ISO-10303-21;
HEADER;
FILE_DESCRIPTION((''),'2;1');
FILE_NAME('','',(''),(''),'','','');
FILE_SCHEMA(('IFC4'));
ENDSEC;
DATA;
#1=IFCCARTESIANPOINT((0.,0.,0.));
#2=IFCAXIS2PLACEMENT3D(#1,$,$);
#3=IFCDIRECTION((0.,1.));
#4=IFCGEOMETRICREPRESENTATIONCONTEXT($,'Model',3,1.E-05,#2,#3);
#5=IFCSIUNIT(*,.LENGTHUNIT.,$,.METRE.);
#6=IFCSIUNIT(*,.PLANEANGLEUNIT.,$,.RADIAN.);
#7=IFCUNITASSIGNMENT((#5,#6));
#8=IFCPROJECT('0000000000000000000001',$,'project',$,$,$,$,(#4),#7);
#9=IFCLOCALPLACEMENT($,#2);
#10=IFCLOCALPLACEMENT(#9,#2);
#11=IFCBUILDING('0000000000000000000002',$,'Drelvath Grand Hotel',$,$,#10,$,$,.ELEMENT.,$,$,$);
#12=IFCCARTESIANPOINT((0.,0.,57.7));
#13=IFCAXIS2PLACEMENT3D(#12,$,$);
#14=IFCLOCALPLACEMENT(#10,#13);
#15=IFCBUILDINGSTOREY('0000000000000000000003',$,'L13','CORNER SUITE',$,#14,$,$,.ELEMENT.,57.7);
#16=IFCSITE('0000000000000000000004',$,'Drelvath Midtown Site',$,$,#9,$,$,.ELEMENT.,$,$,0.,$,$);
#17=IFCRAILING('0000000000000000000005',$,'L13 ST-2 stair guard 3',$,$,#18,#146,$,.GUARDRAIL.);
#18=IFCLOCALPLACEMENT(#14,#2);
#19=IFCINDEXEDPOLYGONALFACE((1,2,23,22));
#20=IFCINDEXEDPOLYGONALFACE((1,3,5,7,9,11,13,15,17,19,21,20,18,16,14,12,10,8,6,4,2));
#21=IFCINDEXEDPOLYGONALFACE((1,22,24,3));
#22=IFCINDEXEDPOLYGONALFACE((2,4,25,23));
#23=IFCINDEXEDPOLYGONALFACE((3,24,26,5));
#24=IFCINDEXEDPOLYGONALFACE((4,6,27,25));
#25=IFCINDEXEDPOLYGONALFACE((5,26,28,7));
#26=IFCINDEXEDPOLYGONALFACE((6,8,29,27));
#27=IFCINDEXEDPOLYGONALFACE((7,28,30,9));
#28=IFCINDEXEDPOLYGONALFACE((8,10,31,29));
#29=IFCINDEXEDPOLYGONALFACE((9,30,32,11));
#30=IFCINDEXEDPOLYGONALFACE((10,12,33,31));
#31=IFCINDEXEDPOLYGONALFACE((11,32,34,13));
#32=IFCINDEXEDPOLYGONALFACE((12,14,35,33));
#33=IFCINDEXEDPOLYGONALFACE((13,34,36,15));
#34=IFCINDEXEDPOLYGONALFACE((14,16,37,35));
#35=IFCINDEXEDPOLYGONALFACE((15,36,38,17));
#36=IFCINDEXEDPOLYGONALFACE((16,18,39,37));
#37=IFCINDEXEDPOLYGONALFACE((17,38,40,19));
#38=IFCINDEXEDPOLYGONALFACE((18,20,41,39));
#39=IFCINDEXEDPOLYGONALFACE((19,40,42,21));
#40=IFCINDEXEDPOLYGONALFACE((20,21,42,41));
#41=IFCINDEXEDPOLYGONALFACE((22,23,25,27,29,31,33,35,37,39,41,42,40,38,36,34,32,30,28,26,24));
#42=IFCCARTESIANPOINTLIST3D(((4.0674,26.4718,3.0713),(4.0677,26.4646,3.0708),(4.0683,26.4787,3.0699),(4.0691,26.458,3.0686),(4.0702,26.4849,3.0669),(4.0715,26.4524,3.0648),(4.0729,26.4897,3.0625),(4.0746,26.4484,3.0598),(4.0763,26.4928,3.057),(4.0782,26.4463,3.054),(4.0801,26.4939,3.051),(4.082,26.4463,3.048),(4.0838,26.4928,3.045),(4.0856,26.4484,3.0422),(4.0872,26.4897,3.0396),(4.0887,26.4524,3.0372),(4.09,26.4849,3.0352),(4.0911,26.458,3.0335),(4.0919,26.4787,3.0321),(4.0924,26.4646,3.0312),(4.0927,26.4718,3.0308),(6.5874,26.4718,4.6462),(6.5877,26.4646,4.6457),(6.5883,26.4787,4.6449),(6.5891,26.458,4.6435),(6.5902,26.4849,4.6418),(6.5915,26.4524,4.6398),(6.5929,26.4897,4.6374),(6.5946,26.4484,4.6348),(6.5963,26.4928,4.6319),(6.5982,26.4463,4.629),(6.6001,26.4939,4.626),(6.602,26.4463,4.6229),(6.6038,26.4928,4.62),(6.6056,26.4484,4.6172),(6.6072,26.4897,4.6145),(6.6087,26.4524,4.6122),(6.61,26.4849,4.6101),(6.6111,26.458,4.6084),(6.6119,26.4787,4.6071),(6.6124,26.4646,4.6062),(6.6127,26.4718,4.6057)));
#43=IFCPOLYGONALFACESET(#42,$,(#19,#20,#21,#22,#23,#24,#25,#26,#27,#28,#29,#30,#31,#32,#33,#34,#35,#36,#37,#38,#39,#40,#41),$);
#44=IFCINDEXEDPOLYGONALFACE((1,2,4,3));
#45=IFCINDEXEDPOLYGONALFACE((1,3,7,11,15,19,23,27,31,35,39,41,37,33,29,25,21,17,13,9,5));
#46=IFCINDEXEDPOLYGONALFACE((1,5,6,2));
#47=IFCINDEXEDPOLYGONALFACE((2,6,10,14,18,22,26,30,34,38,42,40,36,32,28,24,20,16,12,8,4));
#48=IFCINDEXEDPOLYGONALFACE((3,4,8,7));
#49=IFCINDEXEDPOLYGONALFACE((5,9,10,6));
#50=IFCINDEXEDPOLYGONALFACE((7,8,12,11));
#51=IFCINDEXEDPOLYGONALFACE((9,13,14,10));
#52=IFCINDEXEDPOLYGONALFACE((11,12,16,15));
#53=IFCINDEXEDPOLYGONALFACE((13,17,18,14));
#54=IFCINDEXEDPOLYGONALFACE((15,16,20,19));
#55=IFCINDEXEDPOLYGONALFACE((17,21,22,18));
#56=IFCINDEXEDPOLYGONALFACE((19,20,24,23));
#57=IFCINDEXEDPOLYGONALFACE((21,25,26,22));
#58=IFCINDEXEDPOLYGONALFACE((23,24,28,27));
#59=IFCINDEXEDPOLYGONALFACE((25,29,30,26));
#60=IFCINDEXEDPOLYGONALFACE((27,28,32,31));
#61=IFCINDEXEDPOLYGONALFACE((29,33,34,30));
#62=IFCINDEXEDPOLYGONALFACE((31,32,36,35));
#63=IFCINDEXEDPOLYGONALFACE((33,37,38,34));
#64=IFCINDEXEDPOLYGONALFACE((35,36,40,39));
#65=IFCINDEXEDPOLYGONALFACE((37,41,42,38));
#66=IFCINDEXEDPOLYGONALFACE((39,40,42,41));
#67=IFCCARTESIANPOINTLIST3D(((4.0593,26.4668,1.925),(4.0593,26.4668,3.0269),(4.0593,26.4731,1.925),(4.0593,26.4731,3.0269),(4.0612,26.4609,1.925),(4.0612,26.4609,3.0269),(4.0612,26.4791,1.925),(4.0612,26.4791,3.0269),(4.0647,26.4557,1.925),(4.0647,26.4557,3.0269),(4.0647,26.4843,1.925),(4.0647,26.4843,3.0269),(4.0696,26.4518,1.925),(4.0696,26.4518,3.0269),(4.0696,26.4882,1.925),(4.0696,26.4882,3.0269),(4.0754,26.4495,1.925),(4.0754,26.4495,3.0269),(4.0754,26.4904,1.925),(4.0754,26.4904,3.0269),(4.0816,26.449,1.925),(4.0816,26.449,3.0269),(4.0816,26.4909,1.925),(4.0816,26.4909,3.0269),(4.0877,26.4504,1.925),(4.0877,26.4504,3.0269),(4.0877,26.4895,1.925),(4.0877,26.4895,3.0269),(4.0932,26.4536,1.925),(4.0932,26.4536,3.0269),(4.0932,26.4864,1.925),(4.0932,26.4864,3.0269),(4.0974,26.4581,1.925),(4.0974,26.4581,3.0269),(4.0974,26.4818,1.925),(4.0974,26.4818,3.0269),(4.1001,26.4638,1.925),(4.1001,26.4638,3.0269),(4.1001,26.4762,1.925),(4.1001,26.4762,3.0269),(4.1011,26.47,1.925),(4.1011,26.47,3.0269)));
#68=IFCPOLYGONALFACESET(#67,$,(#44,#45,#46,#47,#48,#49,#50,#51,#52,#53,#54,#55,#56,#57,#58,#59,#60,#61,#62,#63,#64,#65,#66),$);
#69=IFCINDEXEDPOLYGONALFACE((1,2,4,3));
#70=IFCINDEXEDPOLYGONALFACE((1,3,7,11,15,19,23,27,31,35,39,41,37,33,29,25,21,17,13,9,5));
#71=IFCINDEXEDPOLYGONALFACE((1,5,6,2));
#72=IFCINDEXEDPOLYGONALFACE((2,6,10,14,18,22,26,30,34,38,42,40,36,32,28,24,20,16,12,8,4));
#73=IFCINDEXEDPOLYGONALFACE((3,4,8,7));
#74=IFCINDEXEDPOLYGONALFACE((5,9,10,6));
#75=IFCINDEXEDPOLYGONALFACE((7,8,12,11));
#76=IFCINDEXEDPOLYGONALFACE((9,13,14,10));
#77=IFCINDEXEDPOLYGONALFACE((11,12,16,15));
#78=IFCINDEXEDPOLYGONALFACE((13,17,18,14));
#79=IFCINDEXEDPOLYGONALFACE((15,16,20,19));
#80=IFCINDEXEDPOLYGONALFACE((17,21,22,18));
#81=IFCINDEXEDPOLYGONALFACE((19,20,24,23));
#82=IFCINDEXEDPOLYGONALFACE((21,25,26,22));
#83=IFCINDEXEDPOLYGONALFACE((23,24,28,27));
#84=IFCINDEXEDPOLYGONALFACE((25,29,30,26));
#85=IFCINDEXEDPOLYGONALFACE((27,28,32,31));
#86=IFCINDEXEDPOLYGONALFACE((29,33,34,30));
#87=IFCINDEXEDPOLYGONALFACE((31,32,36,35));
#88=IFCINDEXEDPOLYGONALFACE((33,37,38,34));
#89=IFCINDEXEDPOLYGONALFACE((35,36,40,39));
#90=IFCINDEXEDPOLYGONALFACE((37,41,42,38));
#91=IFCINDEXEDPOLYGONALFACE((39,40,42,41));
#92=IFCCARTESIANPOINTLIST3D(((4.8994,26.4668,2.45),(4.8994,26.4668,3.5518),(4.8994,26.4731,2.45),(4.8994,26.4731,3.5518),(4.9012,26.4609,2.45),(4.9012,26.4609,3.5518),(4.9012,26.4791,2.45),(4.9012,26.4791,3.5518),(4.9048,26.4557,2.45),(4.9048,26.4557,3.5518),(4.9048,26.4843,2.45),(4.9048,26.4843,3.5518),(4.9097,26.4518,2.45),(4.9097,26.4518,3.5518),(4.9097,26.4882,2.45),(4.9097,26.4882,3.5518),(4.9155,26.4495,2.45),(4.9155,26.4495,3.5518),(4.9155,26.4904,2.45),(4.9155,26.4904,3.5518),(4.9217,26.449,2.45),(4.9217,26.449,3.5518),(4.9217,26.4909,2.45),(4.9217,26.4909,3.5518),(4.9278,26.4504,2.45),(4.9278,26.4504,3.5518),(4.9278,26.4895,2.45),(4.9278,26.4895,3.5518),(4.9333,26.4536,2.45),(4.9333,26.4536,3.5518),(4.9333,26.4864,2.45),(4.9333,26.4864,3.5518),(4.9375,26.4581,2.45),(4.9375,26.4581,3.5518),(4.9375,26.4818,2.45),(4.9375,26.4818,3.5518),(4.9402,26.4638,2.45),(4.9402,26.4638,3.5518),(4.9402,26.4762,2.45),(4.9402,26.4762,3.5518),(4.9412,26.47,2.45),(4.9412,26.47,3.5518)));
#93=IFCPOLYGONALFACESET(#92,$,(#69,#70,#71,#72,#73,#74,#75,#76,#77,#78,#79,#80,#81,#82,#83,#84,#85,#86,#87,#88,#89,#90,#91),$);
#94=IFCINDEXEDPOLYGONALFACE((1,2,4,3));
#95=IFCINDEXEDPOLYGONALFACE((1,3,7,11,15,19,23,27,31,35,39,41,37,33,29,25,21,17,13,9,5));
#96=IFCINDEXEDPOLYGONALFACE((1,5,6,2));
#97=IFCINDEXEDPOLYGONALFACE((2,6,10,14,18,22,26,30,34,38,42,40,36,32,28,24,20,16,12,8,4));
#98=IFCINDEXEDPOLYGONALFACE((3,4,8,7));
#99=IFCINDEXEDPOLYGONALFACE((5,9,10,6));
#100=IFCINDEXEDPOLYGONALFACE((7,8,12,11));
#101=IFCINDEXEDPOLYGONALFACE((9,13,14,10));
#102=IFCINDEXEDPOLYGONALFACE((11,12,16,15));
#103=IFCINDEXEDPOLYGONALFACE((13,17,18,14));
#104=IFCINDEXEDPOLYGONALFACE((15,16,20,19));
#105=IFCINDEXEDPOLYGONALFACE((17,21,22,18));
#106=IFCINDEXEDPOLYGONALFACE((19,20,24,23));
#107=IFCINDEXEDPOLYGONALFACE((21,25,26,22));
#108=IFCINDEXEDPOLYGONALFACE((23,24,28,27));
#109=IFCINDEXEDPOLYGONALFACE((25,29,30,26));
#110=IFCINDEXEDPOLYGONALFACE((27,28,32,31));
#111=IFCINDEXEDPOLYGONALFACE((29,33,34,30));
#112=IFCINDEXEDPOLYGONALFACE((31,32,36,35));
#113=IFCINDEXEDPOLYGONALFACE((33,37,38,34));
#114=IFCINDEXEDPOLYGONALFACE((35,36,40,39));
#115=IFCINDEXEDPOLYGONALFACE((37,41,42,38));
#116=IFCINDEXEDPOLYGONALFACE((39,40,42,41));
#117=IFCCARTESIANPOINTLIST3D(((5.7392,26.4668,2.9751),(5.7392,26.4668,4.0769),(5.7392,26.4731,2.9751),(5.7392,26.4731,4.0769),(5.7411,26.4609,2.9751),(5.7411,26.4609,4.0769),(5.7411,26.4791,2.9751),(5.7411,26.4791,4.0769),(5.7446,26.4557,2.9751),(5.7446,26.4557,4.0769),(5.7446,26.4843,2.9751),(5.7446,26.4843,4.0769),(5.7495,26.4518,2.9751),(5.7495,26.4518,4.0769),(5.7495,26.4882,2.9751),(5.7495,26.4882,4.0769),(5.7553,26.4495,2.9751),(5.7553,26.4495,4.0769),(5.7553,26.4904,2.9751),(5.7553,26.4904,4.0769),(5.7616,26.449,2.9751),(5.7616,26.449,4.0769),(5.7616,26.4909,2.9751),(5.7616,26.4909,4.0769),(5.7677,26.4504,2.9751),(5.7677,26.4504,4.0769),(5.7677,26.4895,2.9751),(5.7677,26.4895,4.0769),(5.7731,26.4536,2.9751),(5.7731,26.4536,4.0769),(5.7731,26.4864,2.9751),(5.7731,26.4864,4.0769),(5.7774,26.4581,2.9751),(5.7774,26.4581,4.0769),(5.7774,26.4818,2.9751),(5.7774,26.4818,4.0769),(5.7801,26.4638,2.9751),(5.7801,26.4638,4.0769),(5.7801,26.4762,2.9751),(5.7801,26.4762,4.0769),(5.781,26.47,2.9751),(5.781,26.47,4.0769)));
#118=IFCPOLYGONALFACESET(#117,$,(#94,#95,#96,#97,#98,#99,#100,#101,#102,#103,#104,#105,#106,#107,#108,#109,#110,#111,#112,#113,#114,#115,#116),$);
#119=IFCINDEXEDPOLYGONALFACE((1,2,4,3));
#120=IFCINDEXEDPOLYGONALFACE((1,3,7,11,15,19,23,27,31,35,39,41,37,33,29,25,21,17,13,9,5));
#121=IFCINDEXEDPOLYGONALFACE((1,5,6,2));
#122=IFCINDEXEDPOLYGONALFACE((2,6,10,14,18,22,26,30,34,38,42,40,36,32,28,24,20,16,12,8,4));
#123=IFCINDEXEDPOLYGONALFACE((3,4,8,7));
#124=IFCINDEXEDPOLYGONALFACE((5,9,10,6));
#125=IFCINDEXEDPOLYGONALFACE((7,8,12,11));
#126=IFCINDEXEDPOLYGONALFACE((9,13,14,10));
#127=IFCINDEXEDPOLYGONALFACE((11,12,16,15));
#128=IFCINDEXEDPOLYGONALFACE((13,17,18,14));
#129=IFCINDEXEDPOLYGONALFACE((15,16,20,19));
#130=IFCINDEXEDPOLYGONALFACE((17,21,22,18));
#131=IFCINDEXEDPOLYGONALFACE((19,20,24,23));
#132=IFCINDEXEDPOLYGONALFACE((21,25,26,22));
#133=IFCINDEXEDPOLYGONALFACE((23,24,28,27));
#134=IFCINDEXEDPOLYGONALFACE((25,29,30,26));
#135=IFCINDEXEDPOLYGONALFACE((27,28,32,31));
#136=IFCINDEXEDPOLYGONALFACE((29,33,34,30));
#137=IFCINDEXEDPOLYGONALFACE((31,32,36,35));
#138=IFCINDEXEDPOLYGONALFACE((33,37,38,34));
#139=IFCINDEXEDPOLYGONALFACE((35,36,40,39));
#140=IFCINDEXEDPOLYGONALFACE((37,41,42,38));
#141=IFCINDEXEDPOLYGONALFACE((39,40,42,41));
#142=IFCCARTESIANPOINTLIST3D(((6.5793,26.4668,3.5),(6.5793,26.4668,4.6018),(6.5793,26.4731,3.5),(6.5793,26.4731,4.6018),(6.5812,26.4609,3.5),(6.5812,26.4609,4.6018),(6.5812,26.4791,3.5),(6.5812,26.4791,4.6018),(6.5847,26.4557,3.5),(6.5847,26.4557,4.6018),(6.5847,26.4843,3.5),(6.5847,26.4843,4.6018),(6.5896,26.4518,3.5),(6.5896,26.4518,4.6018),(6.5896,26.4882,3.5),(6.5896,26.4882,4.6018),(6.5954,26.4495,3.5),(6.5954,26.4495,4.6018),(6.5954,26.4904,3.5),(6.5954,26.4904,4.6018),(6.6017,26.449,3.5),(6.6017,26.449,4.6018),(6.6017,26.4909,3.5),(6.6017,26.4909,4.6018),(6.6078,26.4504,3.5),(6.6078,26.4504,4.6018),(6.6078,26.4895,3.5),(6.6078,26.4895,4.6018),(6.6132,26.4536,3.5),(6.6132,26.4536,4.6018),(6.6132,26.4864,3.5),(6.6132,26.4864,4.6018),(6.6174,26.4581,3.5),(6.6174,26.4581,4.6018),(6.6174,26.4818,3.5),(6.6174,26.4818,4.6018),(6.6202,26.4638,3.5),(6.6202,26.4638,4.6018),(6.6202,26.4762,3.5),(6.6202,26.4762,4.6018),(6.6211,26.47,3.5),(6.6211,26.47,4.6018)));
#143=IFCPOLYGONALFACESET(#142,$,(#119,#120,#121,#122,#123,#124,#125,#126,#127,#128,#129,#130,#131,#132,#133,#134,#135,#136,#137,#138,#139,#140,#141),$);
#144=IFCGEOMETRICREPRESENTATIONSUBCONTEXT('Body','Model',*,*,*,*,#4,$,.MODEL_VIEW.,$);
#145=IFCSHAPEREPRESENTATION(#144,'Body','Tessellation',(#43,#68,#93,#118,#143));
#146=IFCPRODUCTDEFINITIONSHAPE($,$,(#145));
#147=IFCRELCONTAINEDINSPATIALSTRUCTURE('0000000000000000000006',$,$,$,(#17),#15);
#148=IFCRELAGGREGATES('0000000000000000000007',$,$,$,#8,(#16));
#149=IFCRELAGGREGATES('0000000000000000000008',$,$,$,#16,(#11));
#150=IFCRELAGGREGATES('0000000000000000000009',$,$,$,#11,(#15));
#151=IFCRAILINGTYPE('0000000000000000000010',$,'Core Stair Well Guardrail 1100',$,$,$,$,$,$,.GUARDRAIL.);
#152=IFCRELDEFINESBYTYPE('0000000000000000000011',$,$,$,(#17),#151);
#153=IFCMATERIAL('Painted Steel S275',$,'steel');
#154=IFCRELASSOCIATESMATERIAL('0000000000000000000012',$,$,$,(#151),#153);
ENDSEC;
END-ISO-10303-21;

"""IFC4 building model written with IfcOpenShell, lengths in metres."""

from ifc_helpers import new_model, si_unit, direction, frame, origin, origin_2d, place, context, subcontext, project, spatial, circle, extrude, material, type_object, element, save


model = new_model("IFC4")

# Units and contexts
model_context = context("Model", 3, precision=1e-05, world=origin(), true_north=direction((0.0, 1.0)))
body_context = subcontext(model_context, "Body", "Model", "MODEL_VIEW")
ifc_project = project(units=[si_unit("LENGTHUNIT", "METRE"), si_unit("PLANEANGLEUNIT", "RADIAN")], contexts=[model_context])

# Site, building, storey
site_placement = place(None, origin())
site = spatial("IfcSite", under=ifc_project, at=site_placement, Name="Drelvath Midtown Site", CompositionType="ELEMENT", RefElevation=0.0)
building_placement = place(site_placement, origin())
building = spatial("IfcBuilding", under=site, at=building_placement, Name="Drelvath Grand Hotel", CompositionType="ELEMENT")
storey_placement = place(building_placement, frame((0.0, 0.0, 57.7)))
storey = spatial("IfcBuildingStorey", under=building, at=storey_placement, Name="L13", Description="CORNER SUITE", CompositionType="ELEMENT", Elevation=57.7)

# Shared definitions
ifc_material_1 = material(Name="Painted Steel S275", Category="steel")

# Railing
railing_type_1 = type_object("IfcRailingType", Name="Core Stair Well Guardrail 1100", PredefinedType="GUARDRAIL", material=ifc_material_1)
railing_1_placement = place(storey_placement, frame((4.0801, 26.47, 1.925)))
element("IfcRailing", 1, at=railing_1_placement, inside=storey, type_object=railing_type_1, Name="L13 ST-2 stair guard 3", PredefinedType="GUARDRAIL", context=body_context, shape_type="SweptSolid", body=[
    extrude(circle(Radius=0.0239, at=origin_2d()), frame((0.0, 0.0, 1.126), z_axis=(0.848008, 0.0, 0.529984), x_axis=(0.0, 1.0, 0.0)), (0.0, 0.0, 1.0), 2.9717),
    extrude(circle(Radius=0.021, at=origin_2d()), origin(), (0.0, 0.0, 1.0), 1.1018),
    extrude(circle(Radius=0.021, at=origin_2d()), frame((0.8401, 0.0, 0.5249)), (0.0, 0.0, 1.0), 1.1018),
    extrude(circle(Radius=0.021, at=origin_2d()), frame((1.6799, 0.0, 1.05)), (0.0, 0.0, 1.0), 1.1018),
    extrude(circle(Radius=0.021, at=origin_2d()), frame((2.52, 0.0, 1.575)), (0.0, 0.0, 1.0), 1.1018),
])

save(model, "model.ifc")
